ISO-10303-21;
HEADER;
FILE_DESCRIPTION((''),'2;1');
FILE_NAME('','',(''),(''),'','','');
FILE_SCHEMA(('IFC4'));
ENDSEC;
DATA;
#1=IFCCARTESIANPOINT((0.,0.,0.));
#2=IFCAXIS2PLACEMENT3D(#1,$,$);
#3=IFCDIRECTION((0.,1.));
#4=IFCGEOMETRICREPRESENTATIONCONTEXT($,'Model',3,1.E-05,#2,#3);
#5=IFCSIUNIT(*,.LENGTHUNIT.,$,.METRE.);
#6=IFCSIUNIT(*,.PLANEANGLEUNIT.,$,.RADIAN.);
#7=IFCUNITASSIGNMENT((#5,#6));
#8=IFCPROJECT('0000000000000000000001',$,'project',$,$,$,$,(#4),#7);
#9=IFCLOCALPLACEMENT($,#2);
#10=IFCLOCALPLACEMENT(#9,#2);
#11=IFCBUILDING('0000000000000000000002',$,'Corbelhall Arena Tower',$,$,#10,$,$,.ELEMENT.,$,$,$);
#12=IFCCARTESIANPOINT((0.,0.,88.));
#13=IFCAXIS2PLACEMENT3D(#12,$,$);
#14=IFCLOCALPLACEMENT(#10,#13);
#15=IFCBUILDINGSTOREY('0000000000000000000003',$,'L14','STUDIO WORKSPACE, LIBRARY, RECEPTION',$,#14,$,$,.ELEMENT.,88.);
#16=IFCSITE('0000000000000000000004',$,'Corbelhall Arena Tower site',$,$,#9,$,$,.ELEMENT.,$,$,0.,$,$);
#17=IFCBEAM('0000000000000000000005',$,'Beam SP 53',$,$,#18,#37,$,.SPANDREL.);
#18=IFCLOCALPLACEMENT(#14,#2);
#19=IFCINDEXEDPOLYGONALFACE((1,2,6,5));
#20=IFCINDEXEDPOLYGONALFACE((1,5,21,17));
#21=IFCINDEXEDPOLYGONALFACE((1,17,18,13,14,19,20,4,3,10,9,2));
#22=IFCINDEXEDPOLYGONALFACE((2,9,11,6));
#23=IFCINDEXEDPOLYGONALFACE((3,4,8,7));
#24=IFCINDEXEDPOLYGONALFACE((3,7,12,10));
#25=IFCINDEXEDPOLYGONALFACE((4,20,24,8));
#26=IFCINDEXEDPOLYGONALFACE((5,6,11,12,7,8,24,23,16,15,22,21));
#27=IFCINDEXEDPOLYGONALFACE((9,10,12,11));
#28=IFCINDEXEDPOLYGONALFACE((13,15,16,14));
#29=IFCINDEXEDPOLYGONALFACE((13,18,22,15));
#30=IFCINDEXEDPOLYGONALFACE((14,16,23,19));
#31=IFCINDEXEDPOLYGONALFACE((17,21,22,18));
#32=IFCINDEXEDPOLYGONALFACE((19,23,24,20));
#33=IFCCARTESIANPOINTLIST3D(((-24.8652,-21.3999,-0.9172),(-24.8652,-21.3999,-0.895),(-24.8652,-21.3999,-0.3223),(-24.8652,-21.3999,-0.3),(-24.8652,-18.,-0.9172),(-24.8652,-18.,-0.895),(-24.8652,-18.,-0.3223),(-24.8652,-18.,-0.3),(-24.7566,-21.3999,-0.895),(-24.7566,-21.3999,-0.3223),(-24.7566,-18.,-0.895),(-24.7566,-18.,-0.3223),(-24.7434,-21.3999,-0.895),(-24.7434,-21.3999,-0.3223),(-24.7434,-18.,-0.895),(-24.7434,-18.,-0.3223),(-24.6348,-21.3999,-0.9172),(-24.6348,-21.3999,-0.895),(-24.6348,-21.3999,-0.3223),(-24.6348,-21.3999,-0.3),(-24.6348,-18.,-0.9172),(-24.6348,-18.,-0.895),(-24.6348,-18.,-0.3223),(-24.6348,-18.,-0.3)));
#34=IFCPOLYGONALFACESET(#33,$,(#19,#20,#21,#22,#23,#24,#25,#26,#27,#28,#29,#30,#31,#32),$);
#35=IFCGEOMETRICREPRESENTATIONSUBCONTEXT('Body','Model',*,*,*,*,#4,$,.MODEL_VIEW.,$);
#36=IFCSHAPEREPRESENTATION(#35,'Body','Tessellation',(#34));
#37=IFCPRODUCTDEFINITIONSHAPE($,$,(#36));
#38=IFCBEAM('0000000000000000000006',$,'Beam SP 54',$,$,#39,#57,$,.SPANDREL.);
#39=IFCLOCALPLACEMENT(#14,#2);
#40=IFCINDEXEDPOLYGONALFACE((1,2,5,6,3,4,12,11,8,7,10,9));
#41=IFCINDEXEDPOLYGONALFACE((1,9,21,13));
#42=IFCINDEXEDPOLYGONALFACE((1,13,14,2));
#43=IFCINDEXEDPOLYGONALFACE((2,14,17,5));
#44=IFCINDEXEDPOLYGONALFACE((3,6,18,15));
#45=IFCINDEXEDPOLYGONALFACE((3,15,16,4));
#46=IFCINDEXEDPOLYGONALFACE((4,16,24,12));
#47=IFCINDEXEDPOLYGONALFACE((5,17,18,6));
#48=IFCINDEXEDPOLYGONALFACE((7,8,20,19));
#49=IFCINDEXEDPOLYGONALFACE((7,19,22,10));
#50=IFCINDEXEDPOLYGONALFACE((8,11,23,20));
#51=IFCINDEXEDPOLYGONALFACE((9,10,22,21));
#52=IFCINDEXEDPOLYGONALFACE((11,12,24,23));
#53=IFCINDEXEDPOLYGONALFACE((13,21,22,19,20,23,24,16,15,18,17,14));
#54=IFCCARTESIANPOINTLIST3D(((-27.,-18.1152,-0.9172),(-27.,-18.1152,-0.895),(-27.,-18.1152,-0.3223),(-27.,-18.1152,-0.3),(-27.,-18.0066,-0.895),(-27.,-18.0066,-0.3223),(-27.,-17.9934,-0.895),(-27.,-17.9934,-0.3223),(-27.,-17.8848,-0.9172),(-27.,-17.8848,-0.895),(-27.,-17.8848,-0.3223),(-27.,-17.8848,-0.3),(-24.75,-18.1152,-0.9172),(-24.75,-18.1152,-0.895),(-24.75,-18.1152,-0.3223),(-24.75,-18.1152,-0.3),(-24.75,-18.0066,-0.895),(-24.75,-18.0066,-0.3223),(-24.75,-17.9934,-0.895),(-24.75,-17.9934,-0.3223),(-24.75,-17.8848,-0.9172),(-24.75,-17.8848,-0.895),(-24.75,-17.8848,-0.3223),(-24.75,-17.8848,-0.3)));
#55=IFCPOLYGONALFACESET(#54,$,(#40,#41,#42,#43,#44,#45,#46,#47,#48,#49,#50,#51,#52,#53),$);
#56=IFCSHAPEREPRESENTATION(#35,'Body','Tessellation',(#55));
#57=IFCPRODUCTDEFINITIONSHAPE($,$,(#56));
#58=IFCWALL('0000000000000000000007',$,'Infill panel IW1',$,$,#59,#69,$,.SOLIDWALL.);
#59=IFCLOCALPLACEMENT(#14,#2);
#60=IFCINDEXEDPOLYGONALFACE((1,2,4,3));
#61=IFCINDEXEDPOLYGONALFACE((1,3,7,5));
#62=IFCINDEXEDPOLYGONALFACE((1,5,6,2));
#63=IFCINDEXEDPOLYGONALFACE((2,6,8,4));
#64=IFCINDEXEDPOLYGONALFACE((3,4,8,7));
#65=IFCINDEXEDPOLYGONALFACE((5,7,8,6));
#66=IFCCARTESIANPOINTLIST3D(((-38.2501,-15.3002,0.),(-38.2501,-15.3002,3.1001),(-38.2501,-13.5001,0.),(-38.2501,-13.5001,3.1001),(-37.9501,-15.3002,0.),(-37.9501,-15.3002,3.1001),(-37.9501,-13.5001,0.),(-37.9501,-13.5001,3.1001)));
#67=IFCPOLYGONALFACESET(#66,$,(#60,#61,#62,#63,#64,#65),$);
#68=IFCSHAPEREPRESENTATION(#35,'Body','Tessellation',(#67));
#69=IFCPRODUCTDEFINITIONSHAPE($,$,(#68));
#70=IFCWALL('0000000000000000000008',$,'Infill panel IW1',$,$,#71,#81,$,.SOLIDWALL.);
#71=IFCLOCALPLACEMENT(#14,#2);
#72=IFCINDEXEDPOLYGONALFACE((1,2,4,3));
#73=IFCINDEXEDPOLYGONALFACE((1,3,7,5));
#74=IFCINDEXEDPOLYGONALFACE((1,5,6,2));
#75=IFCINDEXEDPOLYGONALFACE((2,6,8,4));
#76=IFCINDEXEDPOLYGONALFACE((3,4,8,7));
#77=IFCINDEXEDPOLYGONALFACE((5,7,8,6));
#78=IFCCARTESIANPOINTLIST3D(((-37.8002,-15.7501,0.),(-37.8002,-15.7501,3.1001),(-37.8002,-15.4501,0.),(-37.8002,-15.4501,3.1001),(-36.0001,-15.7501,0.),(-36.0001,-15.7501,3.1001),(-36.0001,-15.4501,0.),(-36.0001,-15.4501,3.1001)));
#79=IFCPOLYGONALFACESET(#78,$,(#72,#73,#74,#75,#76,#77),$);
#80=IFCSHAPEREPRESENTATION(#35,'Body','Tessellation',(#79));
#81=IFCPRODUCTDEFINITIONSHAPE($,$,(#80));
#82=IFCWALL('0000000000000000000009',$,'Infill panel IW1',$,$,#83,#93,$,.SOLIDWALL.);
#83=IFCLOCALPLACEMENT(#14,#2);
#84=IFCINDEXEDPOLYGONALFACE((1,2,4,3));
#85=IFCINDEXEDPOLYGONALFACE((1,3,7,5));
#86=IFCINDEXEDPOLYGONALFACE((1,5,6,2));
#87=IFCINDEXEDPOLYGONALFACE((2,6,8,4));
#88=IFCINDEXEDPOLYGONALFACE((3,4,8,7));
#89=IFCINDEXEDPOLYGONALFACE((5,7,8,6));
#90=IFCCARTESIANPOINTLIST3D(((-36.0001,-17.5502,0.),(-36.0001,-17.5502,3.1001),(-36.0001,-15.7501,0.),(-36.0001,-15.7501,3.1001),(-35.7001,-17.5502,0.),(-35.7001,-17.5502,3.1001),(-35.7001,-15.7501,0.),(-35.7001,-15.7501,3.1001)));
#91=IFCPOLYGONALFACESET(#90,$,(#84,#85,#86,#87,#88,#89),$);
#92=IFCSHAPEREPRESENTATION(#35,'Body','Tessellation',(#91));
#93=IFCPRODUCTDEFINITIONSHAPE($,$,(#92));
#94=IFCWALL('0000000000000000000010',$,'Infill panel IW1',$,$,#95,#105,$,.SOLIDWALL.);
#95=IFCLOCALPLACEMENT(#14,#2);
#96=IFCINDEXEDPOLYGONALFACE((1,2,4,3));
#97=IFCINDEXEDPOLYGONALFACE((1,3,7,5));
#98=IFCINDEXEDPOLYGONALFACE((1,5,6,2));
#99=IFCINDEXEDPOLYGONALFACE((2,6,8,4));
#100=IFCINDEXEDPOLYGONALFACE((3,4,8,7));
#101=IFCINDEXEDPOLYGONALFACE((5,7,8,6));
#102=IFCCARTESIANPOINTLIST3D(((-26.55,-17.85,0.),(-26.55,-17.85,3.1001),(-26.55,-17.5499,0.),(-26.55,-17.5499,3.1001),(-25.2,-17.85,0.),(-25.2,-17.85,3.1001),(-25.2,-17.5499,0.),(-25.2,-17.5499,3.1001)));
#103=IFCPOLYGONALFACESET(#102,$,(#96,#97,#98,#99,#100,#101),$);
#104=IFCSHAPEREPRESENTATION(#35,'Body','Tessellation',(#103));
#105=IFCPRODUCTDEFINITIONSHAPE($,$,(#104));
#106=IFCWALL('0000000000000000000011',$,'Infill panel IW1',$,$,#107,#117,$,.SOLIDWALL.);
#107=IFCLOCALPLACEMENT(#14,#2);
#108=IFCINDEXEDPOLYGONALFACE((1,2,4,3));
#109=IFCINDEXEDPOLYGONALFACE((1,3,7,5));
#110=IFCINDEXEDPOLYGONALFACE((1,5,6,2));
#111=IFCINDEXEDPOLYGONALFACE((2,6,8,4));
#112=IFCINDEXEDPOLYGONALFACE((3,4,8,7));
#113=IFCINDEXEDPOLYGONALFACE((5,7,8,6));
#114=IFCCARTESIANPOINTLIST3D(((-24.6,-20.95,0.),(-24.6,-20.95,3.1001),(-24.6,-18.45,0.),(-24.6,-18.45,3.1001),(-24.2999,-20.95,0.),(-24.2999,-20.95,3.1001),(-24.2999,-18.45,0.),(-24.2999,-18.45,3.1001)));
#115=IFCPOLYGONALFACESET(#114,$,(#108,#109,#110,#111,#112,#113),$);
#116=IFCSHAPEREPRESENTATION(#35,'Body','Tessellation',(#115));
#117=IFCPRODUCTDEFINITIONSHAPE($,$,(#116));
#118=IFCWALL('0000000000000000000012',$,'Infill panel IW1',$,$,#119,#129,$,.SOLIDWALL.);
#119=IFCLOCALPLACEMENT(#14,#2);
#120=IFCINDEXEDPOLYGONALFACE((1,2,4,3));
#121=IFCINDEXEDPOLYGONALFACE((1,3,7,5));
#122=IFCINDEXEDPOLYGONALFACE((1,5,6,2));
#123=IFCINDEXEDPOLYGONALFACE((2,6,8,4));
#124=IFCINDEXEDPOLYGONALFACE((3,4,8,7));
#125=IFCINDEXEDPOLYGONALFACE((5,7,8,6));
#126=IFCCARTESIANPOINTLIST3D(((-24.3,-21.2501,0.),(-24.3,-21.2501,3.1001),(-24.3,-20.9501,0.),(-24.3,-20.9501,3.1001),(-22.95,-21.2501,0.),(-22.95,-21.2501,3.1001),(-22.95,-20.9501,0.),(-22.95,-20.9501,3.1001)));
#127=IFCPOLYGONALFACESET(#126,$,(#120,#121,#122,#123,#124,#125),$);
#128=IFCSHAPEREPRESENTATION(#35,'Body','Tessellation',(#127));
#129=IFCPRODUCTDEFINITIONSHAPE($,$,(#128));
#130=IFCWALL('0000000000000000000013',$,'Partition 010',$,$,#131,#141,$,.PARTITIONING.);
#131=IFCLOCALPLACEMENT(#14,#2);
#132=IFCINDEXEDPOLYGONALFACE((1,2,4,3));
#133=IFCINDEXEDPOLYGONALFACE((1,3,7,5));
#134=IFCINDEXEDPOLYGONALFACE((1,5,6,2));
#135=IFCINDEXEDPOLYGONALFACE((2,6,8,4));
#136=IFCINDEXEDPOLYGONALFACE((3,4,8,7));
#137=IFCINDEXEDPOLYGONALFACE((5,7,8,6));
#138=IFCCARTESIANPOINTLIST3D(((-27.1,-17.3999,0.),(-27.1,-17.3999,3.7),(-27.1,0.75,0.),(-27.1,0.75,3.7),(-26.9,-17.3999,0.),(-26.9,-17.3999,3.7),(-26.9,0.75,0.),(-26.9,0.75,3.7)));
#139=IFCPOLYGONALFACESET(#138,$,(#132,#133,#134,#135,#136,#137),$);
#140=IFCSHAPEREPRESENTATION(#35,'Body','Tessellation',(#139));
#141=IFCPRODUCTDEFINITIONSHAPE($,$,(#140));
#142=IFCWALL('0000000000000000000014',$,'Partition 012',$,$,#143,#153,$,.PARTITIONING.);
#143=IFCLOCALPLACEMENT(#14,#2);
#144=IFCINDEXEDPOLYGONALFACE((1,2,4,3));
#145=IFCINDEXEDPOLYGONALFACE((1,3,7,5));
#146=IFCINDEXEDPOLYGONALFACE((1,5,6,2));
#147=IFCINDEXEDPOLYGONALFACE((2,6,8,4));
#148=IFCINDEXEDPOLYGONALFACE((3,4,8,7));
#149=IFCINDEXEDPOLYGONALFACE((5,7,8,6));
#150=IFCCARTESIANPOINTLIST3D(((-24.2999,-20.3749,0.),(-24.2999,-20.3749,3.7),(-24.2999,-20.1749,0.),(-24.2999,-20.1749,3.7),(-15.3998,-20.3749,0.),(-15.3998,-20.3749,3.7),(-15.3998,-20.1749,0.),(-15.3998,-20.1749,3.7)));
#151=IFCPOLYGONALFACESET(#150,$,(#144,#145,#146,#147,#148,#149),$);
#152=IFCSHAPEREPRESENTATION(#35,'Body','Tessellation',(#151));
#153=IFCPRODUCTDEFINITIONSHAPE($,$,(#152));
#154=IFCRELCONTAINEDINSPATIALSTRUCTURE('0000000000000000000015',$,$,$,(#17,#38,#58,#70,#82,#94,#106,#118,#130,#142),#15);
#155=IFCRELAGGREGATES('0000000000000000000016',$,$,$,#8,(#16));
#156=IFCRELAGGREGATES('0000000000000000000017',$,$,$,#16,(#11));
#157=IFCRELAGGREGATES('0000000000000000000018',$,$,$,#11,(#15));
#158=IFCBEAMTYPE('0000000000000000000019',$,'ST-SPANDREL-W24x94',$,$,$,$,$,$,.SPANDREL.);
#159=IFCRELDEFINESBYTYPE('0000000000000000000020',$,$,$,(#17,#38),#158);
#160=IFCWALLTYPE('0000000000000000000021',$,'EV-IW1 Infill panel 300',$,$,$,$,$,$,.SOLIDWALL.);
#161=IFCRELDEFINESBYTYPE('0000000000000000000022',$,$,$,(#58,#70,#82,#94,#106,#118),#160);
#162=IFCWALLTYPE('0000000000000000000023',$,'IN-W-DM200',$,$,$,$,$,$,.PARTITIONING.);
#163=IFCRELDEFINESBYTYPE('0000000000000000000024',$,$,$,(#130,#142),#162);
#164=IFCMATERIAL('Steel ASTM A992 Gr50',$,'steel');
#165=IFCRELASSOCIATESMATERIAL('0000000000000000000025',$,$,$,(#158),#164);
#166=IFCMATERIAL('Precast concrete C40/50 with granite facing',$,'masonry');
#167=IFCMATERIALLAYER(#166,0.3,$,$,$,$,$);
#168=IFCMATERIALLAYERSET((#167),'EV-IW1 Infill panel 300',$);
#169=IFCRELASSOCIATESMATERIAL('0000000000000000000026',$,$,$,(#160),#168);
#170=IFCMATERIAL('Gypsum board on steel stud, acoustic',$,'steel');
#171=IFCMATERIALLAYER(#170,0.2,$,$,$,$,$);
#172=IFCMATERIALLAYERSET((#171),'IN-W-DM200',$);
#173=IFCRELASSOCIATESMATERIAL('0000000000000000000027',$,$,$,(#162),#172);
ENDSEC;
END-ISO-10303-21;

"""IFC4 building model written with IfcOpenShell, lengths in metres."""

from ifc_helpers import new_model, si_unit, direction, frame, frame_2d, origin, origin_2d, place, context, subcontext, project, spatial, rectangle, i_section, extrude, material, layer, layer_set, material_profile, profile_set, type_object, element, save


model = new_model("IFC4")

# Units and contexts
model_context = context("Model", 3, precision=1e-05, world=origin(), true_north=direction((0.0, 1.0)))
body_context = subcontext(model_context, "Body", "Model", "MODEL_VIEW")
ifc_project = project(units=[si_unit("LENGTHUNIT", "METRE"), si_unit("PLANEANGLEUNIT", "RADIAN")], contexts=[model_context])

# Site, building, storey
site_placement = place(None, origin())
site = spatial("IfcSite", under=ifc_project, at=site_placement, Name="Corbelhall Arena Tower site", CompositionType="ELEMENT", RefElevation=0.0)
building_placement = place(site_placement, origin())
building = spatial("IfcBuilding", under=site, at=building_placement, Name="Corbelhall Arena Tower", CompositionType="ELEMENT")
storey_placement = place(building_placement, frame((0.0, 0.0, 88.0)))
storey = spatial("IfcBuildingStorey", under=building, at=storey_placement, Name="L14", Description="STUDIO WORKSPACE, LIBRARY, RECEPTION", CompositionType="ELEMENT", Elevation=88.0)

# Beams
ifc_material_1 = material(Name="Steel ASTM A992 Gr50", Category="steel")
ifc_material_profile_1 = material_profile(ifc_material_1, i_section(OverallWidth=0.2305, OverallDepth=0.6172, WebThickness=0.0132, FlangeThickness=0.0222, at=origin_2d()))
ifc_profile_set_1 = profile_set([ifc_material_profile_1], Name="Steel ASTM A992 Gr50")
beam_type = type_object("IfcBeamType", Name="ST-SPANDREL-W24x94", PredefinedType="SPANDREL", material=ifc_profile_set_1)
beam_1_placement = place(storey_placement, frame((-24.75, -21.3999, -0.6086), z_axis=(0.0, 1.0, 0.0), x_axis=(-1.0, 0.0, 0.0)))
element("IfcBeam", 1, at=beam_1_placement, inside=storey, type_object=beam_type, Name="Beam SP 53", PredefinedType="SPANDREL", context=body_context, shape_type="SweptSolid", body=[
    extrude(i_section(OverallWidth=0.2305, OverallDepth=0.6172, WebThickness=0.0132, FlangeThickness=0.0222, at=origin_2d()), origin(), (0.0, 0.0, 1.0), 3.3999),
])
beam_2_placement = place(storey_placement, frame((-24.75, -18.0, -0.6086), z_axis=(-1.0, 0.0, 0.0), x_axis=(0.0, -1.0, 0.0)))
element("IfcBeam", 2, at=beam_2_placement, inside=storey, type_object=beam_type, Name="Beam SP 54", PredefinedType="SPANDREL", context=body_context, shape_type="SweptSolid", body=[
    extrude(i_section(OverallWidth=0.2305, OverallDepth=0.6172, WebThickness=0.0132, FlangeThickness=0.0222, at=origin_2d()), origin(), (0.0, 0.0, 1.0), 2.25),
])

# Walls
ifc_material_2 = material(Name="Precast concrete C40/50 with granite facing", Category="masonry")
ifc_layer_1 = layer(ifc_material_2, 0.3)
ifc_layer_set_1 = layer_set([ifc_layer_1], Name="EV-IW1 Infill panel 300")
wall_type_1 = type_object("IfcWallType", Name="EV-IW1 Infill panel 300", PredefinedType="SOLIDWALL", material=ifc_layer_set_1)
for number, where, z_axis, x_axis, name in (
    (3, (-38.1001, -15.3, 0.0), (0.0, 0.0, 1.0), (0.0, 1.0, 0.0), "Infill panel IW1"),
    (4, (-37.8, -15.6001, 0.0), (0.0, 0.0, 1.0), (1.0, 0.0, 0.0), "Infill panel IW1"),
    (5, (-35.8501, -17.55, 0.0), (0.0, 0.0, 1.0), (0.0, 1.0, 0.0), "Infill panel IW1"),
):
    element("IfcWall", number, at=place(storey_placement, frame(where, z_axis=z_axis, x_axis=x_axis)), inside=storey, type_object=wall_type_1, Name=name, PredefinedType="SOLIDWALL", context=body_context, shape_type="SweptSolid", body=[
        extrude(rectangle(XDim=1.8, YDim=0.3, at=frame_2d((0.8999, 0.0))), origin(), (0.0, 0.0, 1.0), 3.1001),
    ])

# Walls
wall_1_placement = place(storey_placement, frame((-26.55, -17.7, 0.0), z_axis=(0.0, 0.0, 1.0), x_axis=(1.0, 0.0, 0.0)))
element("IfcWall", 6, at=wall_1_placement, inside=storey, type_object=wall_type_1, Name="Infill panel IW1", PredefinedType="SOLIDWALL", context=body_context, shape_type="SweptSolid", body=[
    extrude(rectangle(XDim=1.3501, YDim=0.3, at=frame_2d((0.675, 0.0))), origin(), (0.0, 0.0, 1.0), 3.1001),
])
wall_2_placement = place(storey_placement, frame((-24.45, -18.45, 0.0), z_axis=(0.0, 0.0, 1.0), x_axis=(0.0, -1.0, 0.0)))
element("IfcWall", 7, at=wall_2_placement, inside=storey, type_object=wall_type_1, Name="Infill panel IW1", PredefinedType="SOLIDWALL", context=body_context, shape_type="SweptSolid", body=[
    extrude(rectangle(XDim=2.5, YDim=0.3, at=frame_2d((1.25, 0.0))), origin(), (0.0, 0.0, 1.0), 3.1001),
])
wall_3_placement = place(storey_placement, frame((-24.3, -21.1001, 0.0), z_axis=(0.0, 0.0, 1.0), x_axis=(1.0, 0.0, 0.0)))
element("IfcWall", 8, at=wall_3_placement, inside=storey, type_object=wall_type_1, Name="Infill panel IW1", PredefinedType="SOLIDWALL", context=body_context, shape_type="SweptSolid", body=[
    extrude(rectangle(XDim=1.3501, YDim=0.3, at=frame_2d((0.675, 0.0))), origin(), (0.0, 0.0, 1.0), 3.1001),
])
ifc_material_3 = material(Name="Gypsum board on steel stud, acoustic", Category="steel")
ifc_layer_2 = layer(ifc_material_3, 0.2)
ifc_layer_set_2 = layer_set([ifc_layer_2], Name="IN-W-DM200")
wall_type_2 = type_object("IfcWallType", Name="IN-W-DM200", PredefinedType="PARTITIONING", material=ifc_layer_set_2)
wall_4_placement = place(storey_placement, frame((-27.0, -17.3999, 0.0), z_axis=(0.0, 0.0, 1.0), x_axis=(0.0, 1.0, 0.0)))
element("IfcWall", 9, at=wall_4_placement, inside=storey, type_object=wall_type_2, Name="Partition 010", PredefinedType="PARTITIONING", context=body_context, shape_type="SweptSolid", body=[
    extrude(rectangle(XDim=18.1499, YDim=0.2, at=frame_2d((9.075, 0.0))), origin(), (0.0, 0.0, 1.0), 3.7),
])
wall_5_placement = place(storey_placement, frame((-24.3, -20.2749, 0.0), z_axis=(0.0, 0.0, 1.0), x_axis=(1.0, 0.0, 0.0)))
element("IfcWall", 10, at=wall_5_placement, inside=storey, type_object=wall_type_2, Name="Partition 012", PredefinedType="PARTITIONING", context=body_context, shape_type="SweptSolid", body=[
    extrude(rectangle(XDim=8.9001, YDim=0.2, at=frame_2d((4.4502, 0.0))), origin(), (0.0, 0.0, 1.0), 3.7),
])

save(model, "model.ifc")
